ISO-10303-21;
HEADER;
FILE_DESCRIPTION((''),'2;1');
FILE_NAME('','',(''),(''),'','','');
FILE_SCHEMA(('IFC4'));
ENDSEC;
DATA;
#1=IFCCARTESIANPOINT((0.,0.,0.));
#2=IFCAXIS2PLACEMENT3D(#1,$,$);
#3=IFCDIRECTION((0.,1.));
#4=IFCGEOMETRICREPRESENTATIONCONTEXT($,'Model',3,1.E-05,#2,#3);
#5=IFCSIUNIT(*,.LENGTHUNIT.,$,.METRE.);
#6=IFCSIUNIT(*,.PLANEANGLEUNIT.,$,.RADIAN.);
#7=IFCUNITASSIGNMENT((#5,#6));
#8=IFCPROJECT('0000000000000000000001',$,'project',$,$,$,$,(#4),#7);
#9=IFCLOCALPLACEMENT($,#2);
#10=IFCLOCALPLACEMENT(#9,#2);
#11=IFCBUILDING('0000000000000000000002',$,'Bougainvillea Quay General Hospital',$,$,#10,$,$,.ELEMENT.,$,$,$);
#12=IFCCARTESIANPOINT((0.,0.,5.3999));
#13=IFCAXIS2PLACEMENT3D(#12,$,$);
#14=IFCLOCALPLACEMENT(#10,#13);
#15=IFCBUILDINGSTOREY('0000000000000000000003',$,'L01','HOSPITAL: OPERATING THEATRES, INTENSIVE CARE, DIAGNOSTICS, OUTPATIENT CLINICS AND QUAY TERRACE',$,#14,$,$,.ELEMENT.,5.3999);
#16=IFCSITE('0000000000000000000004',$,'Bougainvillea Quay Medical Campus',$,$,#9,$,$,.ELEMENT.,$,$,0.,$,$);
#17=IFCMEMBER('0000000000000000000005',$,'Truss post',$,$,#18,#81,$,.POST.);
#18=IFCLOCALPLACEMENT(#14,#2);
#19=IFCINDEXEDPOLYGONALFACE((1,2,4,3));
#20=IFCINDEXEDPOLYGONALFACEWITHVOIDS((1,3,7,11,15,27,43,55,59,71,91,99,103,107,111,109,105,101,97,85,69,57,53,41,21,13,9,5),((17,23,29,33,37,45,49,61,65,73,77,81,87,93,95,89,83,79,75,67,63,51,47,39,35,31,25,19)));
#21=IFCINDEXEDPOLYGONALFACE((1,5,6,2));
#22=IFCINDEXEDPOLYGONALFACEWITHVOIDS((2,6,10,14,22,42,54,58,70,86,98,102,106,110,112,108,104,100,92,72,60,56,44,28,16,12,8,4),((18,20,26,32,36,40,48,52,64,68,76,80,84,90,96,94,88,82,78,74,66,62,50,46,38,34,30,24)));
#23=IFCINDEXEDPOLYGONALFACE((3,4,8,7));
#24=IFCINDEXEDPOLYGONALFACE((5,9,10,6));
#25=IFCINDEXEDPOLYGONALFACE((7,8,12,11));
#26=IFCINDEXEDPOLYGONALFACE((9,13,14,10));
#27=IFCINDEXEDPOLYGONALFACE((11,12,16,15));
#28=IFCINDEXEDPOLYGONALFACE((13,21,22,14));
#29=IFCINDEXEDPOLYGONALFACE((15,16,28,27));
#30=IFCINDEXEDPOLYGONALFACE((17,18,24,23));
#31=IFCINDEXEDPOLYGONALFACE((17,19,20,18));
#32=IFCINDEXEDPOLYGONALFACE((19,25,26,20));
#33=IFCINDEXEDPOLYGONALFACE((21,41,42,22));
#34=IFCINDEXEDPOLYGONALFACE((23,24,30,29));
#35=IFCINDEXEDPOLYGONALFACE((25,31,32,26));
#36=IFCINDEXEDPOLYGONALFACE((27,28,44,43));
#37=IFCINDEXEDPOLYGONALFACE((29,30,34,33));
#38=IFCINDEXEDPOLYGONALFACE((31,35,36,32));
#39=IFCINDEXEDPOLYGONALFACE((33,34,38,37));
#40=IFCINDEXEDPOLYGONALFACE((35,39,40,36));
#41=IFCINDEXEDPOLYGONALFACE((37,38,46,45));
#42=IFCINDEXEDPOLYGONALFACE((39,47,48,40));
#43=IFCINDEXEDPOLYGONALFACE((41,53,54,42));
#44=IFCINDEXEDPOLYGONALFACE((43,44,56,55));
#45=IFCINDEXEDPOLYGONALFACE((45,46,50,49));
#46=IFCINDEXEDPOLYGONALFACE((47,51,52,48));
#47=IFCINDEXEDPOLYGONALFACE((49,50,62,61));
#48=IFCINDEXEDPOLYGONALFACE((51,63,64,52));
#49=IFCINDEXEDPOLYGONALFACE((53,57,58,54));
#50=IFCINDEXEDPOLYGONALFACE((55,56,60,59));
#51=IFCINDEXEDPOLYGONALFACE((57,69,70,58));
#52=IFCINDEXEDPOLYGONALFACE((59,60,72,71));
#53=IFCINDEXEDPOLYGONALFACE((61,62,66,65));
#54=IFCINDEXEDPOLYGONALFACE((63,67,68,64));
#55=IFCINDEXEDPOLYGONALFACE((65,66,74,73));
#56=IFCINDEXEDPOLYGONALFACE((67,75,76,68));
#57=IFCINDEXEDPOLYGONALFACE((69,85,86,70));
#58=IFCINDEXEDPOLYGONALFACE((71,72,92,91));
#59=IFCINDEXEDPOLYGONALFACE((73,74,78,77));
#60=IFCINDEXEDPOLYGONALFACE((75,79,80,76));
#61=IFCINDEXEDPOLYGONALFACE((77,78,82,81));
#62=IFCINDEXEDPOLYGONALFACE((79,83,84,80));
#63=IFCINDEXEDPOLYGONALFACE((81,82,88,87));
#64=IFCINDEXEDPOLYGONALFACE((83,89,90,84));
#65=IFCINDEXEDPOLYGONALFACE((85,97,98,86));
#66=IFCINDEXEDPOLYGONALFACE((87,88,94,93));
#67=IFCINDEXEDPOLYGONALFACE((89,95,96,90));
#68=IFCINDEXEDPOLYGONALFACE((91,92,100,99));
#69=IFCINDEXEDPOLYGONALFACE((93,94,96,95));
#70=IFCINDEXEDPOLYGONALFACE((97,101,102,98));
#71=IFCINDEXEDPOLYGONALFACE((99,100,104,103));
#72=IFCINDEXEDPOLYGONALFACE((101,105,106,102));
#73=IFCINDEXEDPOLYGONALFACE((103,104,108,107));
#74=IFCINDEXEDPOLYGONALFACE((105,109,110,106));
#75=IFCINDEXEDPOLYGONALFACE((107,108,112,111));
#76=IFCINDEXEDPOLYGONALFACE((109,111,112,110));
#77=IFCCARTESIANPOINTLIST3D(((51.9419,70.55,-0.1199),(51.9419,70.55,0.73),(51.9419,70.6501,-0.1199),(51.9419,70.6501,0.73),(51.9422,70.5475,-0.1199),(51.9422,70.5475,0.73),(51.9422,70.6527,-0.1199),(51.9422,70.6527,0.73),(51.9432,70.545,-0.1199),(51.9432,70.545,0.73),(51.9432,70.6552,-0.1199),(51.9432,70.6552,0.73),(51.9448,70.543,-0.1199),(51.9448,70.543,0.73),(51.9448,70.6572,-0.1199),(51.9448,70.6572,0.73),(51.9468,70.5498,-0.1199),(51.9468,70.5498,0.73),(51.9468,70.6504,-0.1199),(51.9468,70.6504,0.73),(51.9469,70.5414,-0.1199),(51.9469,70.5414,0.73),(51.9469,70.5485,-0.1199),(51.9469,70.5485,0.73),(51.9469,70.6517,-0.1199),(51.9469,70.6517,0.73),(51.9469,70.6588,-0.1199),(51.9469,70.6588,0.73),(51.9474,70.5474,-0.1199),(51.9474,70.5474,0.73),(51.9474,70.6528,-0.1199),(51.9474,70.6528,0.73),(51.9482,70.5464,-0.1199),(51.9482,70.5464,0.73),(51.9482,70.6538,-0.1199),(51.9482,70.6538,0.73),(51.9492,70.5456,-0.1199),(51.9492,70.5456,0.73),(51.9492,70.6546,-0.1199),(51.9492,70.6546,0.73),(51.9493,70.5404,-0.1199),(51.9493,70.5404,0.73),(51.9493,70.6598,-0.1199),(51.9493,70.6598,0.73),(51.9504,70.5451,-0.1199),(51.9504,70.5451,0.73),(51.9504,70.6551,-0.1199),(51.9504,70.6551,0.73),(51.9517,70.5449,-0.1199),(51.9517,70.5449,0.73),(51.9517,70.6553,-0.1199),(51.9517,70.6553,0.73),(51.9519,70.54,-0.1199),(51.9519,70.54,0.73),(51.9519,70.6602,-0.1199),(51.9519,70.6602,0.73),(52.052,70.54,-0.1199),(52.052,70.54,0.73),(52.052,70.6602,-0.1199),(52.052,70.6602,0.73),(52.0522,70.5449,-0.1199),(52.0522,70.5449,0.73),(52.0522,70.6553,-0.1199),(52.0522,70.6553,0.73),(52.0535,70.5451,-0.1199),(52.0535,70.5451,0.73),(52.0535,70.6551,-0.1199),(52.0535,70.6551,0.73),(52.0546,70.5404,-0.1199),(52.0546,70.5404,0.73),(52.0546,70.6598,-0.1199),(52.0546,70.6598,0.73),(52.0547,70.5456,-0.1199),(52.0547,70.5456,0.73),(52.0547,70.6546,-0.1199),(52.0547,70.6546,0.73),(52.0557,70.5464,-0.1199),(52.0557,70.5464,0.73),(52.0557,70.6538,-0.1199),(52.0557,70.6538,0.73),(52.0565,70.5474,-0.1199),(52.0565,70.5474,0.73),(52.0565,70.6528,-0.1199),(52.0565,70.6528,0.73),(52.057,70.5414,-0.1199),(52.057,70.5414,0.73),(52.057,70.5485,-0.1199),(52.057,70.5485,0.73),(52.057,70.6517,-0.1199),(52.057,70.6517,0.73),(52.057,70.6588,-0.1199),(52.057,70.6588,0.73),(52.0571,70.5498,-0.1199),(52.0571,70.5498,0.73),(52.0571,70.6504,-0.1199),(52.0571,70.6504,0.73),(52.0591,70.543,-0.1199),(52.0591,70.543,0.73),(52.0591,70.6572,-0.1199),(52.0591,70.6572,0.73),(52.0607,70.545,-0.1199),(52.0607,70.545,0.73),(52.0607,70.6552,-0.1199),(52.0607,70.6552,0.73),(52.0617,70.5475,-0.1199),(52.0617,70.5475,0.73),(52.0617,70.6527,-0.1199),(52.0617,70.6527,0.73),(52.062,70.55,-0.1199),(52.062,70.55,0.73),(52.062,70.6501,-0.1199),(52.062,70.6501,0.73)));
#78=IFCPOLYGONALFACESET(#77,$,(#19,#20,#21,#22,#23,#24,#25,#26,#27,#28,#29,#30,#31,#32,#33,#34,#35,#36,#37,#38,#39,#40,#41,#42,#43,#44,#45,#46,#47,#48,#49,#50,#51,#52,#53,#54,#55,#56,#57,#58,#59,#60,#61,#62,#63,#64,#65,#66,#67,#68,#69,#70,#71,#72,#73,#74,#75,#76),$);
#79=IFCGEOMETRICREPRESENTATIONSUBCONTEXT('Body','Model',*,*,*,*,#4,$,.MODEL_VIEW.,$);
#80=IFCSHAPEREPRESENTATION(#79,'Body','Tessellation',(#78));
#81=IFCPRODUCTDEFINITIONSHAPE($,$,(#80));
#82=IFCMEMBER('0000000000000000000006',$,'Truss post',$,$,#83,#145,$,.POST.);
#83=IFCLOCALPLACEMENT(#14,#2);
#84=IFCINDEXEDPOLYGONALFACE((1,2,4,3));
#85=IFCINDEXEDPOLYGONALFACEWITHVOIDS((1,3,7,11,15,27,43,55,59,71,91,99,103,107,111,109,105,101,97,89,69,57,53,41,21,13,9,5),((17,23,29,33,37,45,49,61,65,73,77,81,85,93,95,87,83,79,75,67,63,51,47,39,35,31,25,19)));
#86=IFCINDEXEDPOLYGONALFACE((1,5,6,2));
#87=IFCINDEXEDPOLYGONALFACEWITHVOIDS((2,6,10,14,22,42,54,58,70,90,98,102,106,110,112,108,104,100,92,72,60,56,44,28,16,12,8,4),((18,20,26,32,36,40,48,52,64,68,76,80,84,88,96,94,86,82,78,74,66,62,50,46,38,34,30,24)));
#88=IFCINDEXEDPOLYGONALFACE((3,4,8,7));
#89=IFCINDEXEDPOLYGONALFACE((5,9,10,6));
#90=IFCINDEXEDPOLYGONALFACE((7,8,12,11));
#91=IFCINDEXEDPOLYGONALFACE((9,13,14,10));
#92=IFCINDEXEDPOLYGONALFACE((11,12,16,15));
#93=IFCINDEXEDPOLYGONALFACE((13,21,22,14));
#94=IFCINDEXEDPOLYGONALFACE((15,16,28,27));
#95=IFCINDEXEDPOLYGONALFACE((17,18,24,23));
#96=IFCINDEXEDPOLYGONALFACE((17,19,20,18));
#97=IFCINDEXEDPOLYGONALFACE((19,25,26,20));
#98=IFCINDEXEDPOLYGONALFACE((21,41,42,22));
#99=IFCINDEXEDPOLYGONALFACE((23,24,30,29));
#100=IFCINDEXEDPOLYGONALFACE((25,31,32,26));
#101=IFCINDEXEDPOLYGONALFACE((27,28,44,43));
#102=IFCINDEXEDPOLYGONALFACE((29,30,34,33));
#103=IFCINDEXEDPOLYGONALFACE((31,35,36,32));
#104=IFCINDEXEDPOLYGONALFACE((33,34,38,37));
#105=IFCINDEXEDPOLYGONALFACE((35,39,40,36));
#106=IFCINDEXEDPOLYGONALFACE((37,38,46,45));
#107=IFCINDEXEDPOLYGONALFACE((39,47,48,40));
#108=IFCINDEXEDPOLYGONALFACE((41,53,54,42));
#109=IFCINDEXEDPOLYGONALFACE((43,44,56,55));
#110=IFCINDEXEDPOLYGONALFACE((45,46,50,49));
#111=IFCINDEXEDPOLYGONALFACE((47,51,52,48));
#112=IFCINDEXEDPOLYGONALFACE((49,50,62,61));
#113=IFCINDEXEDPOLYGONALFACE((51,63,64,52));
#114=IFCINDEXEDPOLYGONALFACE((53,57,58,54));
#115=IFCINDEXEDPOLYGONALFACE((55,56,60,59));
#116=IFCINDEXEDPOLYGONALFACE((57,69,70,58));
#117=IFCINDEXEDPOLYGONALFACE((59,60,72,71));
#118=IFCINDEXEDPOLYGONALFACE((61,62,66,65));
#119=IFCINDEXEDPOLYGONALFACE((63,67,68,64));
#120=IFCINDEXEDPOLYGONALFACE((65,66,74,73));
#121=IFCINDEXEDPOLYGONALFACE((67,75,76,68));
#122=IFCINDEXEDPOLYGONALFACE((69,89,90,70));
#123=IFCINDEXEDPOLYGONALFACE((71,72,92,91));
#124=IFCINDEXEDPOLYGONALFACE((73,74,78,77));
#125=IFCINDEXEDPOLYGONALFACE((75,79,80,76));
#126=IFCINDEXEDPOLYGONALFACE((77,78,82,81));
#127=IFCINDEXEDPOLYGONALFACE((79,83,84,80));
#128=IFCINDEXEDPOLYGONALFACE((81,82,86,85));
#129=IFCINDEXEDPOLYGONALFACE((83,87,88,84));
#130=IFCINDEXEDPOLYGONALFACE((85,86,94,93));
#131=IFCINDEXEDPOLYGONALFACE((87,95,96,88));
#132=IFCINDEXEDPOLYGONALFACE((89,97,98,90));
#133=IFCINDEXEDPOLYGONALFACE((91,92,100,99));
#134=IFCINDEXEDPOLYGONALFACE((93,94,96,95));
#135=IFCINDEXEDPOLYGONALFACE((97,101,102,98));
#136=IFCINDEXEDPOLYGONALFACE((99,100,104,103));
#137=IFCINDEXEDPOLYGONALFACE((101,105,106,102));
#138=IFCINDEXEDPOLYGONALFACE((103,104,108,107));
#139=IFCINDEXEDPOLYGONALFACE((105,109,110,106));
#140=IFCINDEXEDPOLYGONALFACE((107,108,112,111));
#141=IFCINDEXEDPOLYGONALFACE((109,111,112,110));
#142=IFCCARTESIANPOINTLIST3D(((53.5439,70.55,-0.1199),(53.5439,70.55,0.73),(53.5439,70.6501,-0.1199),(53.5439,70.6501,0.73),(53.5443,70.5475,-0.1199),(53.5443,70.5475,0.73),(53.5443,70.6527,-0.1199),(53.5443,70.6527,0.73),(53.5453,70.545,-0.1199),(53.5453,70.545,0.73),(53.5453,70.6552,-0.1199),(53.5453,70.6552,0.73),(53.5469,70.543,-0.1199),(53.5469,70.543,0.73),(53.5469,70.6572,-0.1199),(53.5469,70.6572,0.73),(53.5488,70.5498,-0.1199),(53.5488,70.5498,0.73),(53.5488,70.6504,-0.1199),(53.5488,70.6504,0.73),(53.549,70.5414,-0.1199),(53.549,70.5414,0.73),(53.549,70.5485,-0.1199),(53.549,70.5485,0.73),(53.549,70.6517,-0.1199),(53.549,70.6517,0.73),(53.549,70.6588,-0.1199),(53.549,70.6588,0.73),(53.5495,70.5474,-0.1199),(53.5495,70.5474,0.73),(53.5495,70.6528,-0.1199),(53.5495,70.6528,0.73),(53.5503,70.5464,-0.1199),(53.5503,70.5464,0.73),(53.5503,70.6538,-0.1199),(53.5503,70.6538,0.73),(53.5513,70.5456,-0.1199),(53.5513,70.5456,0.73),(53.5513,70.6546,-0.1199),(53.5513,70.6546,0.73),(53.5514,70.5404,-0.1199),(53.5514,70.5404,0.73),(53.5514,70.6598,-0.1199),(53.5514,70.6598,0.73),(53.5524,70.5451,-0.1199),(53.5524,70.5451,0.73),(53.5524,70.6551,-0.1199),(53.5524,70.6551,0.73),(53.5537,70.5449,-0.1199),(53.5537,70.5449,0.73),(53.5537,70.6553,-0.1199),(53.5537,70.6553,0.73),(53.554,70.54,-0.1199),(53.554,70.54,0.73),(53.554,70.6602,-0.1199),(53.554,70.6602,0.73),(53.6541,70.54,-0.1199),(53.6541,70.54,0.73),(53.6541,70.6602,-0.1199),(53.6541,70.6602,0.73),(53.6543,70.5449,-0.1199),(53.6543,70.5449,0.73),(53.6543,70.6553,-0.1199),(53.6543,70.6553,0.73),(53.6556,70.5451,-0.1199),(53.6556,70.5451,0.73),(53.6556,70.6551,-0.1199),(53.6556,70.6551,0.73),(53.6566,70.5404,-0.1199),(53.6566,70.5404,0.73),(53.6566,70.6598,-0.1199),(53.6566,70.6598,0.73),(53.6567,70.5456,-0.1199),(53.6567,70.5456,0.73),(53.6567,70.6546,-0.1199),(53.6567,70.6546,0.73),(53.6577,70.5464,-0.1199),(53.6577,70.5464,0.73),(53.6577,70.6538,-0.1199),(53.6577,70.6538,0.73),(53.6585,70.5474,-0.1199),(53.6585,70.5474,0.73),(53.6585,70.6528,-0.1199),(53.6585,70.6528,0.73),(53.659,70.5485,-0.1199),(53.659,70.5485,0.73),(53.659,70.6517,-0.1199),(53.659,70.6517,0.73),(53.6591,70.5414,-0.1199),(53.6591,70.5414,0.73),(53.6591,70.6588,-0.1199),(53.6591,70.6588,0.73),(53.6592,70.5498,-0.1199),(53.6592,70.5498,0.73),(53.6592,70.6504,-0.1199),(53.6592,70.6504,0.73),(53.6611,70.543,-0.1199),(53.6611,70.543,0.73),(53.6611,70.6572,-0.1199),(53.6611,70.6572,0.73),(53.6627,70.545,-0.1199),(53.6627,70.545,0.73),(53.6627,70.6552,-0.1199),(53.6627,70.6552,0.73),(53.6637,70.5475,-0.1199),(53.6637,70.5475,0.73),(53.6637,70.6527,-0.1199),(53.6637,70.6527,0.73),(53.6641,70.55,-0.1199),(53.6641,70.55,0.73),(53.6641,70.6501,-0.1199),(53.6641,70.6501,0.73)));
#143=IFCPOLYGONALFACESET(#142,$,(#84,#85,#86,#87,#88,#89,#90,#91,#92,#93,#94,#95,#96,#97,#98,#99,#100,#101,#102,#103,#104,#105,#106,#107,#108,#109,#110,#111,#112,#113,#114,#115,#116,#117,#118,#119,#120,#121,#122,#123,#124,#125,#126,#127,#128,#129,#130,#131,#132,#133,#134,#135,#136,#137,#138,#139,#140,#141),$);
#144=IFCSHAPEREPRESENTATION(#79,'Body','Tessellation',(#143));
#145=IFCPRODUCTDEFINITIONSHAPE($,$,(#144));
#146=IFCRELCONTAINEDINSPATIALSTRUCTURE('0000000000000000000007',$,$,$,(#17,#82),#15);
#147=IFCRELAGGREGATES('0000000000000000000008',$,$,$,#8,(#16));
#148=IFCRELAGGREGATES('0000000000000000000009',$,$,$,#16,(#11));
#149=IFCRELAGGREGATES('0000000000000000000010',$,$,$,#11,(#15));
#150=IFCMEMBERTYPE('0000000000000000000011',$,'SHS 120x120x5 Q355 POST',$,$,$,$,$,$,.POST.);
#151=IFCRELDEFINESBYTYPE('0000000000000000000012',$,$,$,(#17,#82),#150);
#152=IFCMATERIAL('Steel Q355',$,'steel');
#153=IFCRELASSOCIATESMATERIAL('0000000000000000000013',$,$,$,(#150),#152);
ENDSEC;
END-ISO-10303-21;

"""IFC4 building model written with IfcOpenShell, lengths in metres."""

from ifc_helpers import new_model, si_unit, direction, frame, origin, origin_2d, place, context, subcontext, project, spatial, hollow_rectangle, extrude, material, material_profile, profile_set, type_object, element, save


model = new_model("IFC4")

# Units and contexts
model_context = context("Model", 3, precision=1e-05, world=origin(), true_north=direction((0.0, 1.0)))
body_context = subcontext(model_context, "Body", "Model", "MODEL_VIEW")
ifc_project = project(units=[si_unit("LENGTHUNIT", "METRE"), si_unit("PLANEANGLEUNIT", "RADIAN")], contexts=[model_context])

# Site, building, storey
site_placement = place(None, origin())
site = spatial("IfcSite", under=ifc_project, at=site_placement, Name="Bougainvillea Quay Medical Campus", CompositionType="ELEMENT", RefElevation=0.0)
building_placement = place(site_placement, origin())
building = spatial("IfcBuilding", under=site, at=building_placement, Name="Bougainvillea Quay General Hospital", CompositionType="ELEMENT")
storey_placement = place(building_placement, frame((0.0, 0.0, 5.3999)))
storey = spatial("IfcBuildingStorey", under=building, at=storey_placement, Name="L01", Description="HOSPITAL: OPERATING THEATRES, INTENSIVE CARE, DIAGNOSTICS, OUTPATIENT CLINICS AND QUAY TERRACE", CompositionType="ELEMENT", Elevation=5.3999)

# Members
ifc_material_1 = material(Name="Steel Q355", Category="steel")
ifc_material_profile_1 = material_profile(ifc_material_1, hollow_rectangle(XDim=0.1201, YDim=0.1201, WallThickness=0.0049, InnerFilletRadius=0.0049, OuterFilletRadius=0.01, at=origin_2d()))
ifc_profile_set_1 = profile_set([ifc_material_profile_1], Name="Steel Q355")
member_type_1 = type_object("IfcMemberType", Name="SHS 120x120x5 Q355 POST", PredefinedType="POST", material=ifc_profile_set_1)
for number, where, z_axis, x_axis, name in (
    (1, (52.002, 70.6001, -0.1199), (0.0, 0.0, 1.0), (1.0, 0.0, 0.0), "Truss post"),
    (2, (53.604, 70.6001, -0.1199), (0.0, 0.0, 1.0), (1.0, 0.0, 0.0), "Truss post"),
):
    element("IfcMember", number, at=place(storey_placement, frame(where, z_axis=z_axis, x_axis=x_axis)), inside=storey, type_object=member_type_1, Name=name, PredefinedType="POST", context=body_context, shape_type="SweptSolid", body=[
        extrude(hollow_rectangle(XDim=0.1201, YDim=0.1201, WallThickness=0.0049, InnerFilletRadius=0.0049, OuterFilletRadius=0.01, at=origin_2d()), origin(), (0.0, 0.0, 1.0), 0.8499),
    ])

save(model, "model.ifc")
